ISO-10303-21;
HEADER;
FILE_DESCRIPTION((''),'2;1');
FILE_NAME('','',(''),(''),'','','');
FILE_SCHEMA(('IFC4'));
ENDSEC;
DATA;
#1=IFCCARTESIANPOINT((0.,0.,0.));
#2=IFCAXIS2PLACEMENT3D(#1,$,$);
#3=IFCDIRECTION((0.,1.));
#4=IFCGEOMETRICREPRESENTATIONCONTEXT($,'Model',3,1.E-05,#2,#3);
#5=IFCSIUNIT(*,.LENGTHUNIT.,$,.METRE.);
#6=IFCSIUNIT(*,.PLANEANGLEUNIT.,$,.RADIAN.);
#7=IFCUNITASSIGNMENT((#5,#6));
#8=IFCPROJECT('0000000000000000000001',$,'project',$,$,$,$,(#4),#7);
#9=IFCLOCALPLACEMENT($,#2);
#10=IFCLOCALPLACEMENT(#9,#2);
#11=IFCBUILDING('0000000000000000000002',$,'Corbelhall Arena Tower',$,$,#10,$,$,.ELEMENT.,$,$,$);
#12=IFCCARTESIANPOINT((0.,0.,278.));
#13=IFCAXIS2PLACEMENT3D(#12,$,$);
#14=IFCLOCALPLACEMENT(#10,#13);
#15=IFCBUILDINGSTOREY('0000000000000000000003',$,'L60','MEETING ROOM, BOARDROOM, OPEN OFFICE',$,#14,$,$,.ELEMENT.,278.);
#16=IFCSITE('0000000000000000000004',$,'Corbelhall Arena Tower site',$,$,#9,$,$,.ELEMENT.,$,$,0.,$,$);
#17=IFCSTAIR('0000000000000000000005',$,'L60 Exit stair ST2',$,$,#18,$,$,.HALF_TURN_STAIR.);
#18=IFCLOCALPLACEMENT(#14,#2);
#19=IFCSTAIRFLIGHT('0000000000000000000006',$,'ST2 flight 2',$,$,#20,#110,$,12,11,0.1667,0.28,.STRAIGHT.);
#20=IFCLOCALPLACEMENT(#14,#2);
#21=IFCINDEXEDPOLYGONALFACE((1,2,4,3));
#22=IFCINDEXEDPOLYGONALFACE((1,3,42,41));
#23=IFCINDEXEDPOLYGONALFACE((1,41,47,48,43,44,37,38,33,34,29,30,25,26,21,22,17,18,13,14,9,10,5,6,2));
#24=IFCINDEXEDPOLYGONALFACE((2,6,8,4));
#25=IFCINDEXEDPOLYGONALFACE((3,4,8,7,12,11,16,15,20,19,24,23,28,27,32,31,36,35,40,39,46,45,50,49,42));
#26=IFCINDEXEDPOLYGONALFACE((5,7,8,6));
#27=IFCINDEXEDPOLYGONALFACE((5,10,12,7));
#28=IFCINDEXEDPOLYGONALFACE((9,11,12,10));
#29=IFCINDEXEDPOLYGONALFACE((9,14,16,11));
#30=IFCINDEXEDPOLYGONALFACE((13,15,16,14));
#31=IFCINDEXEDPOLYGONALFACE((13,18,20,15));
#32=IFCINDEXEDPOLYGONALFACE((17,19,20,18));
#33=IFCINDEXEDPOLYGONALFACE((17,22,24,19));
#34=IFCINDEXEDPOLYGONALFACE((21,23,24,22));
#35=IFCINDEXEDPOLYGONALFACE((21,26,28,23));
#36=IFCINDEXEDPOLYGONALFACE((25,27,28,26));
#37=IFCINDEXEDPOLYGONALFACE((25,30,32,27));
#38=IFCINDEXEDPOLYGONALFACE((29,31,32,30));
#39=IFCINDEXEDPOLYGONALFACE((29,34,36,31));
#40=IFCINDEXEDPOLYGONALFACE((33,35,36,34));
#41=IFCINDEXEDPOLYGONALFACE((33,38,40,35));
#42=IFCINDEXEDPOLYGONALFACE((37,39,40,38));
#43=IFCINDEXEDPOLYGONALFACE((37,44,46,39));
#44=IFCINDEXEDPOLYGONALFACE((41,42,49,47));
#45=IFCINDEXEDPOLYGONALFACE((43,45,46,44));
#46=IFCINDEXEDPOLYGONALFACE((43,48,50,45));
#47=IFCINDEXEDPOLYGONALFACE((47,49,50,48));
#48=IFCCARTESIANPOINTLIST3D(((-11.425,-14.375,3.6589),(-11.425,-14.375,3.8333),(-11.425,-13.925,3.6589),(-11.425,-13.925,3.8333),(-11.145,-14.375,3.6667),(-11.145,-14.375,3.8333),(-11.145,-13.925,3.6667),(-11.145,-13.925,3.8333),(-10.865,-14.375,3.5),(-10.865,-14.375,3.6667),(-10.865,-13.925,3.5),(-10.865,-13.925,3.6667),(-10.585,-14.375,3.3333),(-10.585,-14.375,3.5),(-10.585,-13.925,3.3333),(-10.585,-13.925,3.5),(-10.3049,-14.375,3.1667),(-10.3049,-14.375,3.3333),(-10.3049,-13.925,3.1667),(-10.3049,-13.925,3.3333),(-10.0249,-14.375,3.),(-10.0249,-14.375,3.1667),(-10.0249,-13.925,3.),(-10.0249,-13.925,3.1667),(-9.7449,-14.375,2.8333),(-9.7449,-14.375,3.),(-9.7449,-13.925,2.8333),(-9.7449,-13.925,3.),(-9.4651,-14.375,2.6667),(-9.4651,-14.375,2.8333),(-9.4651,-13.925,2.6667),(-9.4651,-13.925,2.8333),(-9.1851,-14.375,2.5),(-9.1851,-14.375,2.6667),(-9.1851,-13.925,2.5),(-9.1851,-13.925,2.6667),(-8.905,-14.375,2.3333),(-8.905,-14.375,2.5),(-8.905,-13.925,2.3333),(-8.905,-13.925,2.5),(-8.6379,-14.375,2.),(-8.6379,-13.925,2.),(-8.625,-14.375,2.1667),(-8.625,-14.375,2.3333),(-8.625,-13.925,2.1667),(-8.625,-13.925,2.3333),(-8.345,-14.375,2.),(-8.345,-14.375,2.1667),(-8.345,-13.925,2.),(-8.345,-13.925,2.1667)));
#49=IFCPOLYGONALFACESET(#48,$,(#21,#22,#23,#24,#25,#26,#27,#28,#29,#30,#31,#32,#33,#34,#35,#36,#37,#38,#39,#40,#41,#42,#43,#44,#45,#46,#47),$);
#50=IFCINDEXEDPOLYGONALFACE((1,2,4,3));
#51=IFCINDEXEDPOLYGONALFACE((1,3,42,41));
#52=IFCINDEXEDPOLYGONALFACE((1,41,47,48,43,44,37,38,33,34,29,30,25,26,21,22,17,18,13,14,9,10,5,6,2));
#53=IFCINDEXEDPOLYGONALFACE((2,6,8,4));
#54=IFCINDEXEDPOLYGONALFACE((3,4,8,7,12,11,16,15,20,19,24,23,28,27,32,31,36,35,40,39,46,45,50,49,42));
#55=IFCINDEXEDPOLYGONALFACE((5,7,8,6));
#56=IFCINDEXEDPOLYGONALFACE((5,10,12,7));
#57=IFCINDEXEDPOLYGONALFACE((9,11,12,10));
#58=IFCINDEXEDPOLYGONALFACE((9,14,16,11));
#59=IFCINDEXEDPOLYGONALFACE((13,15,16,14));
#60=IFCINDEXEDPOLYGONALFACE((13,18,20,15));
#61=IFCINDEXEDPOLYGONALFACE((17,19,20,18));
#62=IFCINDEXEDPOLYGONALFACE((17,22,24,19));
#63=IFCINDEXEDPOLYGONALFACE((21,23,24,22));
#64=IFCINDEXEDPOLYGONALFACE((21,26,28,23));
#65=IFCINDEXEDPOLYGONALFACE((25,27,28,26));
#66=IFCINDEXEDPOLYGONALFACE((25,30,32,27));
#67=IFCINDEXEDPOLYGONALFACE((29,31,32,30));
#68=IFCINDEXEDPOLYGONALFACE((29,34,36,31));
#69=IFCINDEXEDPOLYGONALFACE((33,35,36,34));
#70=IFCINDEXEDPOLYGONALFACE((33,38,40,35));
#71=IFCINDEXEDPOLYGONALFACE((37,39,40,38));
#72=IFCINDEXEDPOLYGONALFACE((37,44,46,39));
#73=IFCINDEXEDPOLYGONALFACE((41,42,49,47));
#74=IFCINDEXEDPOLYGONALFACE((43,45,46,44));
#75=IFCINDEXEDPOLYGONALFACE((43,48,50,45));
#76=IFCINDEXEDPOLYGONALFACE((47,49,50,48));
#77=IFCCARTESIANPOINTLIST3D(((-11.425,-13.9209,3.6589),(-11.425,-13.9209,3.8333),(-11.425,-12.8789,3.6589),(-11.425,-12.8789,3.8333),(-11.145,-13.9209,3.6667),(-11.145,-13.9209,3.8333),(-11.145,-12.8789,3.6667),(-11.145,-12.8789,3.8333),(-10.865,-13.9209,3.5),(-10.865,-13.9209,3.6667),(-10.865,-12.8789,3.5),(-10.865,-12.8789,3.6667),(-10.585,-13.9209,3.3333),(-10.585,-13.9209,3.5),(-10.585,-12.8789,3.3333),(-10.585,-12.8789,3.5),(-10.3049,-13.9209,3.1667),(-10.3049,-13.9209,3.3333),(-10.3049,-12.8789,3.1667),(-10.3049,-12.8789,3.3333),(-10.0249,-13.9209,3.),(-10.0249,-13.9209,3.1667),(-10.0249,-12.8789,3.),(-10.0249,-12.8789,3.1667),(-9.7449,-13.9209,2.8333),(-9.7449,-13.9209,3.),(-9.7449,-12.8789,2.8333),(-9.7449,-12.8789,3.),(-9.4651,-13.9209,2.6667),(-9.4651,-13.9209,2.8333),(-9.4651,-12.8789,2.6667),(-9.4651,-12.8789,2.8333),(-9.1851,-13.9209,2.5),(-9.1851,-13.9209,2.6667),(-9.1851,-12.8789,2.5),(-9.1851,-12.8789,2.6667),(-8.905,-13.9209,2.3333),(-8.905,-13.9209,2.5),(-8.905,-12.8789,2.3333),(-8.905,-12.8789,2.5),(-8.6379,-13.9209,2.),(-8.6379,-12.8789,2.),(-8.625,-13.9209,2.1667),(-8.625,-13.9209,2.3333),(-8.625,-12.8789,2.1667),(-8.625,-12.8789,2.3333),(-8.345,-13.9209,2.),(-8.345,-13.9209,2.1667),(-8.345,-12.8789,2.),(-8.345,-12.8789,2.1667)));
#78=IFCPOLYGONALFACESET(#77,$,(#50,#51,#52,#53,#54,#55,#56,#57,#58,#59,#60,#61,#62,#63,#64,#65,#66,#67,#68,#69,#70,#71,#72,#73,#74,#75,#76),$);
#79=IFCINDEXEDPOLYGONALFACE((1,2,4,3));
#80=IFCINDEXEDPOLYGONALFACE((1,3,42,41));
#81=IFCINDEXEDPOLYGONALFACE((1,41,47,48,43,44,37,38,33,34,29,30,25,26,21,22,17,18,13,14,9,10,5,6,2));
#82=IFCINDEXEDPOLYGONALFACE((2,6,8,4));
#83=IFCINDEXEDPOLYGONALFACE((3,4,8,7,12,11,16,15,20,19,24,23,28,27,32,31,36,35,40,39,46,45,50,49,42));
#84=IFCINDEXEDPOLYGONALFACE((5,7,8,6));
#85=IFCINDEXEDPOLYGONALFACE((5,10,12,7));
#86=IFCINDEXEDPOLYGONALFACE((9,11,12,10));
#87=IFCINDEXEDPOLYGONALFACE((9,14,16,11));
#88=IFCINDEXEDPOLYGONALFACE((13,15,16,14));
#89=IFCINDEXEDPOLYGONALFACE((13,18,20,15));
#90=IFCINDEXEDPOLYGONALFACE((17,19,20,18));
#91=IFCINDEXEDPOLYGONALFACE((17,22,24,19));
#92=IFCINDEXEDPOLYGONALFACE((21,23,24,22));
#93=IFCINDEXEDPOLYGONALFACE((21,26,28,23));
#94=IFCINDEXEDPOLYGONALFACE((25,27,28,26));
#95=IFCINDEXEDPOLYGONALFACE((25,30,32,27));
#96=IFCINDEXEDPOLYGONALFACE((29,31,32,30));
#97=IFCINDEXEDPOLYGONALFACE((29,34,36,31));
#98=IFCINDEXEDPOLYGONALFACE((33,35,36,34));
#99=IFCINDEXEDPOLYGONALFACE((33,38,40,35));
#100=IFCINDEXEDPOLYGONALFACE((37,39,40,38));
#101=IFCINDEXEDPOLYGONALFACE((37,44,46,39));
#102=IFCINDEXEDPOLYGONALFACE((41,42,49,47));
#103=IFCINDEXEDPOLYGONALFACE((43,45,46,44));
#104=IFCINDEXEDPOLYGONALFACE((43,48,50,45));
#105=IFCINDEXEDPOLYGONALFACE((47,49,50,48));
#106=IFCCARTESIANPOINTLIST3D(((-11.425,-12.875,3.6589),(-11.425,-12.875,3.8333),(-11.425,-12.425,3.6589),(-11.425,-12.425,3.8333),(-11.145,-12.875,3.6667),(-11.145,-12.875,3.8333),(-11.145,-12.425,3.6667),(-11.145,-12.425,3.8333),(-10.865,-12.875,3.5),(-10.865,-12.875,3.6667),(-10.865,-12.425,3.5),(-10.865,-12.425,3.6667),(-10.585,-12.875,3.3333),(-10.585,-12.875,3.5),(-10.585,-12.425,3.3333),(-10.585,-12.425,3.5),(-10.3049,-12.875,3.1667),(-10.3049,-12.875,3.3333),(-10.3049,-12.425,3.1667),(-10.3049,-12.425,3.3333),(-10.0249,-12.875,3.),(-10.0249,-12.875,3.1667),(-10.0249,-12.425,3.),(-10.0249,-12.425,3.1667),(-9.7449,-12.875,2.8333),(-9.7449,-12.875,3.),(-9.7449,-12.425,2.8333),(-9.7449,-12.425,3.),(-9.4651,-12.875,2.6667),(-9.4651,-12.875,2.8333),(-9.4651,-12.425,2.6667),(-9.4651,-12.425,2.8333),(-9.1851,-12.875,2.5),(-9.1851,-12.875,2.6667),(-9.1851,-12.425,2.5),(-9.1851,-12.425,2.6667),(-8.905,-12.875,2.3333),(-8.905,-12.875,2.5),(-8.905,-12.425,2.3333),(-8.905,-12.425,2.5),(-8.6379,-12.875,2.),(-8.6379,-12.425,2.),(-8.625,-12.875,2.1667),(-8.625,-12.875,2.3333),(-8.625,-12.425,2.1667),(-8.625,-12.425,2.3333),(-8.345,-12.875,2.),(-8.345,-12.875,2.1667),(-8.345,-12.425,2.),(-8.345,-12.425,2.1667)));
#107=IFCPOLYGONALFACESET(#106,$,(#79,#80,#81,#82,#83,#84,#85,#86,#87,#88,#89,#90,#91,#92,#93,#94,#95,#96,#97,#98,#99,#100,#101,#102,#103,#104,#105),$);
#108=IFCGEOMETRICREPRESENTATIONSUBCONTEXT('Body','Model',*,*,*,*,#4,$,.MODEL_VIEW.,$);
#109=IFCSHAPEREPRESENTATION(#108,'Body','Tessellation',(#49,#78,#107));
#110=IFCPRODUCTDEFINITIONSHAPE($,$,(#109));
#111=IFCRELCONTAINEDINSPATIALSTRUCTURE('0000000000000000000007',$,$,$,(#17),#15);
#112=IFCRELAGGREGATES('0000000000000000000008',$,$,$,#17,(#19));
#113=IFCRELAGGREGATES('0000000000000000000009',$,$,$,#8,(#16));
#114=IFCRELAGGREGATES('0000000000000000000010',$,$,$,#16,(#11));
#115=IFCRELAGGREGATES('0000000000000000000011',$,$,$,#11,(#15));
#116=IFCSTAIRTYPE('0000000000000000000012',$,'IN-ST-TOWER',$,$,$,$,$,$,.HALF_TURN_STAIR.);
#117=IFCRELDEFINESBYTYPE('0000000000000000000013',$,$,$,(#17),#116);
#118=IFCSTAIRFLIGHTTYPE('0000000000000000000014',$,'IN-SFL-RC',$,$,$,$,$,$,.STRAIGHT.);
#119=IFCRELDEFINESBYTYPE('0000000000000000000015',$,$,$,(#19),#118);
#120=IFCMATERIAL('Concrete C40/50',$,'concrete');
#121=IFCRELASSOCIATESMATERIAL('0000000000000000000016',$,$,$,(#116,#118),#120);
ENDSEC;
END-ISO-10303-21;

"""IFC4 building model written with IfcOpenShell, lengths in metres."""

from ifc_helpers import new_model, si_unit, direction, frame, origin, place, context, subcontext, project, spatial, polyline, outline, extrude, material, type_object, element, aggregate, save


model = new_model("IFC4")

# Units and contexts
model_context = context("Model", 3, precision=1e-05, world=origin(), true_north=direction((0.0, 1.0)))
body_context = subcontext(model_context, "Body", "Model", "MODEL_VIEW")
ifc_project = project(units=[si_unit("LENGTHUNIT", "METRE"), si_unit("PLANEANGLEUNIT", "RADIAN")], contexts=[model_context])

# Site, building, storey
site_placement = place(None, origin())
site = spatial("IfcSite", under=ifc_project, at=site_placement, Name="Corbelhall Arena Tower site", CompositionType="ELEMENT", RefElevation=0.0)
building_placement = place(site_placement, origin())
building = spatial("IfcBuilding", under=site, at=building_placement, Name="Corbelhall Arena Tower", CompositionType="ELEMENT")
storey_placement = place(building_placement, frame((0.0, 0.0, 278.0)))
storey = spatial("IfcBuildingStorey", under=building, at=storey_placement, Name="L60", Description="MEETING ROOM, BOARDROOM, OPEN OFFICE", CompositionType="ELEMENT", Elevation=278.0)

# Shared definitions
ifc_material_1 = material(Name="Concrete C40/50", Category="concrete")

# Stair, stair flight
stair_type = type_object("IfcStairType", Name="IN-ST-TOWER", PredefinedType="HALF_TURN_STAIR", material=ifc_material_1)
stair_placement = place(storey_placement, origin())
stair = element("IfcStair", 1, at=stair_placement, inside=storey, type_object=stair_type, Name="L60 Exit stair ST2", PredefinedType="HALF_TURN_STAIR")
stair_flight_type = type_object("IfcStairFlightType", Name="IN-SFL-RC", PredefinedType="STRAIGHT", material=ifc_material_1)
stair_flight_1_placement = place(storey_placement, frame((-8.345, -13.3999, 2.0), z_axis=(0.0, 0.0, 1.0), x_axis=(-1.0, 0.0, 0.0)))
stair_flight_1 = element("IfcStairFlight", 2, at=stair_flight_1_placement, type_object=stair_flight_type, Name="ST2 flight 2", NumberOfRisers=12, NumberOfTreads=11, PredefinedType="STRAIGHT", RiserHeight=0.1667, TreadLength=0.28, context=body_context, shape_type="SweptSolid", body=[
    extrude(outline(polyline([(0.0, 0.0), (0.0, 0.1667), (0.28, 0.1667), (0.28, 0.3333), (0.5601, 0.3333), (0.5601, 0.5), (0.8401, 0.5), (0.8401, 0.6667), (1.1201, 0.6667), (1.1201, 0.8333), (1.3999, 0.8333), (1.3999, 1.0), (1.6799, 1.0), (1.6799, 1.1667), (1.96, 1.1667), (1.96, 1.3333), (2.24, 1.3333), (2.24, 1.5), (2.52, 1.5), (2.52, 1.6667), (2.8, 1.6667), (2.8, 1.8333), (3.0801, 1.8333), (3.0801, 2.0), (3.0801, 1.6589), (0.293, 0.0), (0.0, 0.0)])), frame((0.0, 0.9751, 0.0), z_axis=(0.0, -1.0, 0.0), x_axis=(1.0, 0.0, 0.0)), (0.0, 0.0, 1.0), 0.45),
    extrude(outline(polyline([(0.0, 0.0), (0.0, 0.1667), (0.28, 0.1667), (0.28, 0.3333), (0.5601, 0.3333), (0.5601, 0.5), (0.8401, 0.5), (0.8401, 0.6667), (1.1201, 0.6667), (1.1201, 0.8333), (1.3999, 0.8333), (1.3999, 1.0), (1.6799, 1.0), (1.6799, 1.1667), (1.96, 1.1667), (1.96, 1.3333), (2.24, 1.3333), (2.24, 1.5), (2.52, 1.5), (2.52, 1.6667), (2.8, 1.6667), (2.8, 1.8333), (3.0801, 1.8333), (3.0801, 2.0), (3.0801, 1.6589), (0.293, 0.0), (0.0, 0.0)])), frame((0.0, 0.521, 0.0), z_axis=(0.0, -1.0, 0.0), x_axis=(1.0, 0.0, 0.0)), (0.0, 0.0, 1.0), 1.042),
    extrude(outline(polyline([(0.0, 0.0), (0.0, 0.1667), (0.28, 0.1667), (0.28, 0.3333), (0.5601, 0.3333), (0.5601, 0.5), (0.8401, 0.5), (0.8401, 0.6667), (1.1201, 0.6667), (1.1201, 0.8333), (1.3999, 0.8333), (1.3999, 1.0), (1.6799, 1.0), (1.6799, 1.1667), (1.96, 1.1667), (1.96, 1.3333), (2.24, 1.3333), (2.24, 1.5), (2.52, 1.5), (2.52, 1.6667), (2.8, 1.6667), (2.8, 1.8333), (3.0801, 1.8333), (3.0801, 2.0), (3.0801, 1.6589), (0.293, 0.0), (0.0, 0.0)])), frame((0.0, -0.5249, 0.0), z_axis=(0.0, -1.0, 0.0), x_axis=(1.0, 0.0, 0.0)), (0.0, 0.0, 1.0), 0.45),
])
aggregate(stair, [stair_flight_1])

save(model, "model.ifc")
